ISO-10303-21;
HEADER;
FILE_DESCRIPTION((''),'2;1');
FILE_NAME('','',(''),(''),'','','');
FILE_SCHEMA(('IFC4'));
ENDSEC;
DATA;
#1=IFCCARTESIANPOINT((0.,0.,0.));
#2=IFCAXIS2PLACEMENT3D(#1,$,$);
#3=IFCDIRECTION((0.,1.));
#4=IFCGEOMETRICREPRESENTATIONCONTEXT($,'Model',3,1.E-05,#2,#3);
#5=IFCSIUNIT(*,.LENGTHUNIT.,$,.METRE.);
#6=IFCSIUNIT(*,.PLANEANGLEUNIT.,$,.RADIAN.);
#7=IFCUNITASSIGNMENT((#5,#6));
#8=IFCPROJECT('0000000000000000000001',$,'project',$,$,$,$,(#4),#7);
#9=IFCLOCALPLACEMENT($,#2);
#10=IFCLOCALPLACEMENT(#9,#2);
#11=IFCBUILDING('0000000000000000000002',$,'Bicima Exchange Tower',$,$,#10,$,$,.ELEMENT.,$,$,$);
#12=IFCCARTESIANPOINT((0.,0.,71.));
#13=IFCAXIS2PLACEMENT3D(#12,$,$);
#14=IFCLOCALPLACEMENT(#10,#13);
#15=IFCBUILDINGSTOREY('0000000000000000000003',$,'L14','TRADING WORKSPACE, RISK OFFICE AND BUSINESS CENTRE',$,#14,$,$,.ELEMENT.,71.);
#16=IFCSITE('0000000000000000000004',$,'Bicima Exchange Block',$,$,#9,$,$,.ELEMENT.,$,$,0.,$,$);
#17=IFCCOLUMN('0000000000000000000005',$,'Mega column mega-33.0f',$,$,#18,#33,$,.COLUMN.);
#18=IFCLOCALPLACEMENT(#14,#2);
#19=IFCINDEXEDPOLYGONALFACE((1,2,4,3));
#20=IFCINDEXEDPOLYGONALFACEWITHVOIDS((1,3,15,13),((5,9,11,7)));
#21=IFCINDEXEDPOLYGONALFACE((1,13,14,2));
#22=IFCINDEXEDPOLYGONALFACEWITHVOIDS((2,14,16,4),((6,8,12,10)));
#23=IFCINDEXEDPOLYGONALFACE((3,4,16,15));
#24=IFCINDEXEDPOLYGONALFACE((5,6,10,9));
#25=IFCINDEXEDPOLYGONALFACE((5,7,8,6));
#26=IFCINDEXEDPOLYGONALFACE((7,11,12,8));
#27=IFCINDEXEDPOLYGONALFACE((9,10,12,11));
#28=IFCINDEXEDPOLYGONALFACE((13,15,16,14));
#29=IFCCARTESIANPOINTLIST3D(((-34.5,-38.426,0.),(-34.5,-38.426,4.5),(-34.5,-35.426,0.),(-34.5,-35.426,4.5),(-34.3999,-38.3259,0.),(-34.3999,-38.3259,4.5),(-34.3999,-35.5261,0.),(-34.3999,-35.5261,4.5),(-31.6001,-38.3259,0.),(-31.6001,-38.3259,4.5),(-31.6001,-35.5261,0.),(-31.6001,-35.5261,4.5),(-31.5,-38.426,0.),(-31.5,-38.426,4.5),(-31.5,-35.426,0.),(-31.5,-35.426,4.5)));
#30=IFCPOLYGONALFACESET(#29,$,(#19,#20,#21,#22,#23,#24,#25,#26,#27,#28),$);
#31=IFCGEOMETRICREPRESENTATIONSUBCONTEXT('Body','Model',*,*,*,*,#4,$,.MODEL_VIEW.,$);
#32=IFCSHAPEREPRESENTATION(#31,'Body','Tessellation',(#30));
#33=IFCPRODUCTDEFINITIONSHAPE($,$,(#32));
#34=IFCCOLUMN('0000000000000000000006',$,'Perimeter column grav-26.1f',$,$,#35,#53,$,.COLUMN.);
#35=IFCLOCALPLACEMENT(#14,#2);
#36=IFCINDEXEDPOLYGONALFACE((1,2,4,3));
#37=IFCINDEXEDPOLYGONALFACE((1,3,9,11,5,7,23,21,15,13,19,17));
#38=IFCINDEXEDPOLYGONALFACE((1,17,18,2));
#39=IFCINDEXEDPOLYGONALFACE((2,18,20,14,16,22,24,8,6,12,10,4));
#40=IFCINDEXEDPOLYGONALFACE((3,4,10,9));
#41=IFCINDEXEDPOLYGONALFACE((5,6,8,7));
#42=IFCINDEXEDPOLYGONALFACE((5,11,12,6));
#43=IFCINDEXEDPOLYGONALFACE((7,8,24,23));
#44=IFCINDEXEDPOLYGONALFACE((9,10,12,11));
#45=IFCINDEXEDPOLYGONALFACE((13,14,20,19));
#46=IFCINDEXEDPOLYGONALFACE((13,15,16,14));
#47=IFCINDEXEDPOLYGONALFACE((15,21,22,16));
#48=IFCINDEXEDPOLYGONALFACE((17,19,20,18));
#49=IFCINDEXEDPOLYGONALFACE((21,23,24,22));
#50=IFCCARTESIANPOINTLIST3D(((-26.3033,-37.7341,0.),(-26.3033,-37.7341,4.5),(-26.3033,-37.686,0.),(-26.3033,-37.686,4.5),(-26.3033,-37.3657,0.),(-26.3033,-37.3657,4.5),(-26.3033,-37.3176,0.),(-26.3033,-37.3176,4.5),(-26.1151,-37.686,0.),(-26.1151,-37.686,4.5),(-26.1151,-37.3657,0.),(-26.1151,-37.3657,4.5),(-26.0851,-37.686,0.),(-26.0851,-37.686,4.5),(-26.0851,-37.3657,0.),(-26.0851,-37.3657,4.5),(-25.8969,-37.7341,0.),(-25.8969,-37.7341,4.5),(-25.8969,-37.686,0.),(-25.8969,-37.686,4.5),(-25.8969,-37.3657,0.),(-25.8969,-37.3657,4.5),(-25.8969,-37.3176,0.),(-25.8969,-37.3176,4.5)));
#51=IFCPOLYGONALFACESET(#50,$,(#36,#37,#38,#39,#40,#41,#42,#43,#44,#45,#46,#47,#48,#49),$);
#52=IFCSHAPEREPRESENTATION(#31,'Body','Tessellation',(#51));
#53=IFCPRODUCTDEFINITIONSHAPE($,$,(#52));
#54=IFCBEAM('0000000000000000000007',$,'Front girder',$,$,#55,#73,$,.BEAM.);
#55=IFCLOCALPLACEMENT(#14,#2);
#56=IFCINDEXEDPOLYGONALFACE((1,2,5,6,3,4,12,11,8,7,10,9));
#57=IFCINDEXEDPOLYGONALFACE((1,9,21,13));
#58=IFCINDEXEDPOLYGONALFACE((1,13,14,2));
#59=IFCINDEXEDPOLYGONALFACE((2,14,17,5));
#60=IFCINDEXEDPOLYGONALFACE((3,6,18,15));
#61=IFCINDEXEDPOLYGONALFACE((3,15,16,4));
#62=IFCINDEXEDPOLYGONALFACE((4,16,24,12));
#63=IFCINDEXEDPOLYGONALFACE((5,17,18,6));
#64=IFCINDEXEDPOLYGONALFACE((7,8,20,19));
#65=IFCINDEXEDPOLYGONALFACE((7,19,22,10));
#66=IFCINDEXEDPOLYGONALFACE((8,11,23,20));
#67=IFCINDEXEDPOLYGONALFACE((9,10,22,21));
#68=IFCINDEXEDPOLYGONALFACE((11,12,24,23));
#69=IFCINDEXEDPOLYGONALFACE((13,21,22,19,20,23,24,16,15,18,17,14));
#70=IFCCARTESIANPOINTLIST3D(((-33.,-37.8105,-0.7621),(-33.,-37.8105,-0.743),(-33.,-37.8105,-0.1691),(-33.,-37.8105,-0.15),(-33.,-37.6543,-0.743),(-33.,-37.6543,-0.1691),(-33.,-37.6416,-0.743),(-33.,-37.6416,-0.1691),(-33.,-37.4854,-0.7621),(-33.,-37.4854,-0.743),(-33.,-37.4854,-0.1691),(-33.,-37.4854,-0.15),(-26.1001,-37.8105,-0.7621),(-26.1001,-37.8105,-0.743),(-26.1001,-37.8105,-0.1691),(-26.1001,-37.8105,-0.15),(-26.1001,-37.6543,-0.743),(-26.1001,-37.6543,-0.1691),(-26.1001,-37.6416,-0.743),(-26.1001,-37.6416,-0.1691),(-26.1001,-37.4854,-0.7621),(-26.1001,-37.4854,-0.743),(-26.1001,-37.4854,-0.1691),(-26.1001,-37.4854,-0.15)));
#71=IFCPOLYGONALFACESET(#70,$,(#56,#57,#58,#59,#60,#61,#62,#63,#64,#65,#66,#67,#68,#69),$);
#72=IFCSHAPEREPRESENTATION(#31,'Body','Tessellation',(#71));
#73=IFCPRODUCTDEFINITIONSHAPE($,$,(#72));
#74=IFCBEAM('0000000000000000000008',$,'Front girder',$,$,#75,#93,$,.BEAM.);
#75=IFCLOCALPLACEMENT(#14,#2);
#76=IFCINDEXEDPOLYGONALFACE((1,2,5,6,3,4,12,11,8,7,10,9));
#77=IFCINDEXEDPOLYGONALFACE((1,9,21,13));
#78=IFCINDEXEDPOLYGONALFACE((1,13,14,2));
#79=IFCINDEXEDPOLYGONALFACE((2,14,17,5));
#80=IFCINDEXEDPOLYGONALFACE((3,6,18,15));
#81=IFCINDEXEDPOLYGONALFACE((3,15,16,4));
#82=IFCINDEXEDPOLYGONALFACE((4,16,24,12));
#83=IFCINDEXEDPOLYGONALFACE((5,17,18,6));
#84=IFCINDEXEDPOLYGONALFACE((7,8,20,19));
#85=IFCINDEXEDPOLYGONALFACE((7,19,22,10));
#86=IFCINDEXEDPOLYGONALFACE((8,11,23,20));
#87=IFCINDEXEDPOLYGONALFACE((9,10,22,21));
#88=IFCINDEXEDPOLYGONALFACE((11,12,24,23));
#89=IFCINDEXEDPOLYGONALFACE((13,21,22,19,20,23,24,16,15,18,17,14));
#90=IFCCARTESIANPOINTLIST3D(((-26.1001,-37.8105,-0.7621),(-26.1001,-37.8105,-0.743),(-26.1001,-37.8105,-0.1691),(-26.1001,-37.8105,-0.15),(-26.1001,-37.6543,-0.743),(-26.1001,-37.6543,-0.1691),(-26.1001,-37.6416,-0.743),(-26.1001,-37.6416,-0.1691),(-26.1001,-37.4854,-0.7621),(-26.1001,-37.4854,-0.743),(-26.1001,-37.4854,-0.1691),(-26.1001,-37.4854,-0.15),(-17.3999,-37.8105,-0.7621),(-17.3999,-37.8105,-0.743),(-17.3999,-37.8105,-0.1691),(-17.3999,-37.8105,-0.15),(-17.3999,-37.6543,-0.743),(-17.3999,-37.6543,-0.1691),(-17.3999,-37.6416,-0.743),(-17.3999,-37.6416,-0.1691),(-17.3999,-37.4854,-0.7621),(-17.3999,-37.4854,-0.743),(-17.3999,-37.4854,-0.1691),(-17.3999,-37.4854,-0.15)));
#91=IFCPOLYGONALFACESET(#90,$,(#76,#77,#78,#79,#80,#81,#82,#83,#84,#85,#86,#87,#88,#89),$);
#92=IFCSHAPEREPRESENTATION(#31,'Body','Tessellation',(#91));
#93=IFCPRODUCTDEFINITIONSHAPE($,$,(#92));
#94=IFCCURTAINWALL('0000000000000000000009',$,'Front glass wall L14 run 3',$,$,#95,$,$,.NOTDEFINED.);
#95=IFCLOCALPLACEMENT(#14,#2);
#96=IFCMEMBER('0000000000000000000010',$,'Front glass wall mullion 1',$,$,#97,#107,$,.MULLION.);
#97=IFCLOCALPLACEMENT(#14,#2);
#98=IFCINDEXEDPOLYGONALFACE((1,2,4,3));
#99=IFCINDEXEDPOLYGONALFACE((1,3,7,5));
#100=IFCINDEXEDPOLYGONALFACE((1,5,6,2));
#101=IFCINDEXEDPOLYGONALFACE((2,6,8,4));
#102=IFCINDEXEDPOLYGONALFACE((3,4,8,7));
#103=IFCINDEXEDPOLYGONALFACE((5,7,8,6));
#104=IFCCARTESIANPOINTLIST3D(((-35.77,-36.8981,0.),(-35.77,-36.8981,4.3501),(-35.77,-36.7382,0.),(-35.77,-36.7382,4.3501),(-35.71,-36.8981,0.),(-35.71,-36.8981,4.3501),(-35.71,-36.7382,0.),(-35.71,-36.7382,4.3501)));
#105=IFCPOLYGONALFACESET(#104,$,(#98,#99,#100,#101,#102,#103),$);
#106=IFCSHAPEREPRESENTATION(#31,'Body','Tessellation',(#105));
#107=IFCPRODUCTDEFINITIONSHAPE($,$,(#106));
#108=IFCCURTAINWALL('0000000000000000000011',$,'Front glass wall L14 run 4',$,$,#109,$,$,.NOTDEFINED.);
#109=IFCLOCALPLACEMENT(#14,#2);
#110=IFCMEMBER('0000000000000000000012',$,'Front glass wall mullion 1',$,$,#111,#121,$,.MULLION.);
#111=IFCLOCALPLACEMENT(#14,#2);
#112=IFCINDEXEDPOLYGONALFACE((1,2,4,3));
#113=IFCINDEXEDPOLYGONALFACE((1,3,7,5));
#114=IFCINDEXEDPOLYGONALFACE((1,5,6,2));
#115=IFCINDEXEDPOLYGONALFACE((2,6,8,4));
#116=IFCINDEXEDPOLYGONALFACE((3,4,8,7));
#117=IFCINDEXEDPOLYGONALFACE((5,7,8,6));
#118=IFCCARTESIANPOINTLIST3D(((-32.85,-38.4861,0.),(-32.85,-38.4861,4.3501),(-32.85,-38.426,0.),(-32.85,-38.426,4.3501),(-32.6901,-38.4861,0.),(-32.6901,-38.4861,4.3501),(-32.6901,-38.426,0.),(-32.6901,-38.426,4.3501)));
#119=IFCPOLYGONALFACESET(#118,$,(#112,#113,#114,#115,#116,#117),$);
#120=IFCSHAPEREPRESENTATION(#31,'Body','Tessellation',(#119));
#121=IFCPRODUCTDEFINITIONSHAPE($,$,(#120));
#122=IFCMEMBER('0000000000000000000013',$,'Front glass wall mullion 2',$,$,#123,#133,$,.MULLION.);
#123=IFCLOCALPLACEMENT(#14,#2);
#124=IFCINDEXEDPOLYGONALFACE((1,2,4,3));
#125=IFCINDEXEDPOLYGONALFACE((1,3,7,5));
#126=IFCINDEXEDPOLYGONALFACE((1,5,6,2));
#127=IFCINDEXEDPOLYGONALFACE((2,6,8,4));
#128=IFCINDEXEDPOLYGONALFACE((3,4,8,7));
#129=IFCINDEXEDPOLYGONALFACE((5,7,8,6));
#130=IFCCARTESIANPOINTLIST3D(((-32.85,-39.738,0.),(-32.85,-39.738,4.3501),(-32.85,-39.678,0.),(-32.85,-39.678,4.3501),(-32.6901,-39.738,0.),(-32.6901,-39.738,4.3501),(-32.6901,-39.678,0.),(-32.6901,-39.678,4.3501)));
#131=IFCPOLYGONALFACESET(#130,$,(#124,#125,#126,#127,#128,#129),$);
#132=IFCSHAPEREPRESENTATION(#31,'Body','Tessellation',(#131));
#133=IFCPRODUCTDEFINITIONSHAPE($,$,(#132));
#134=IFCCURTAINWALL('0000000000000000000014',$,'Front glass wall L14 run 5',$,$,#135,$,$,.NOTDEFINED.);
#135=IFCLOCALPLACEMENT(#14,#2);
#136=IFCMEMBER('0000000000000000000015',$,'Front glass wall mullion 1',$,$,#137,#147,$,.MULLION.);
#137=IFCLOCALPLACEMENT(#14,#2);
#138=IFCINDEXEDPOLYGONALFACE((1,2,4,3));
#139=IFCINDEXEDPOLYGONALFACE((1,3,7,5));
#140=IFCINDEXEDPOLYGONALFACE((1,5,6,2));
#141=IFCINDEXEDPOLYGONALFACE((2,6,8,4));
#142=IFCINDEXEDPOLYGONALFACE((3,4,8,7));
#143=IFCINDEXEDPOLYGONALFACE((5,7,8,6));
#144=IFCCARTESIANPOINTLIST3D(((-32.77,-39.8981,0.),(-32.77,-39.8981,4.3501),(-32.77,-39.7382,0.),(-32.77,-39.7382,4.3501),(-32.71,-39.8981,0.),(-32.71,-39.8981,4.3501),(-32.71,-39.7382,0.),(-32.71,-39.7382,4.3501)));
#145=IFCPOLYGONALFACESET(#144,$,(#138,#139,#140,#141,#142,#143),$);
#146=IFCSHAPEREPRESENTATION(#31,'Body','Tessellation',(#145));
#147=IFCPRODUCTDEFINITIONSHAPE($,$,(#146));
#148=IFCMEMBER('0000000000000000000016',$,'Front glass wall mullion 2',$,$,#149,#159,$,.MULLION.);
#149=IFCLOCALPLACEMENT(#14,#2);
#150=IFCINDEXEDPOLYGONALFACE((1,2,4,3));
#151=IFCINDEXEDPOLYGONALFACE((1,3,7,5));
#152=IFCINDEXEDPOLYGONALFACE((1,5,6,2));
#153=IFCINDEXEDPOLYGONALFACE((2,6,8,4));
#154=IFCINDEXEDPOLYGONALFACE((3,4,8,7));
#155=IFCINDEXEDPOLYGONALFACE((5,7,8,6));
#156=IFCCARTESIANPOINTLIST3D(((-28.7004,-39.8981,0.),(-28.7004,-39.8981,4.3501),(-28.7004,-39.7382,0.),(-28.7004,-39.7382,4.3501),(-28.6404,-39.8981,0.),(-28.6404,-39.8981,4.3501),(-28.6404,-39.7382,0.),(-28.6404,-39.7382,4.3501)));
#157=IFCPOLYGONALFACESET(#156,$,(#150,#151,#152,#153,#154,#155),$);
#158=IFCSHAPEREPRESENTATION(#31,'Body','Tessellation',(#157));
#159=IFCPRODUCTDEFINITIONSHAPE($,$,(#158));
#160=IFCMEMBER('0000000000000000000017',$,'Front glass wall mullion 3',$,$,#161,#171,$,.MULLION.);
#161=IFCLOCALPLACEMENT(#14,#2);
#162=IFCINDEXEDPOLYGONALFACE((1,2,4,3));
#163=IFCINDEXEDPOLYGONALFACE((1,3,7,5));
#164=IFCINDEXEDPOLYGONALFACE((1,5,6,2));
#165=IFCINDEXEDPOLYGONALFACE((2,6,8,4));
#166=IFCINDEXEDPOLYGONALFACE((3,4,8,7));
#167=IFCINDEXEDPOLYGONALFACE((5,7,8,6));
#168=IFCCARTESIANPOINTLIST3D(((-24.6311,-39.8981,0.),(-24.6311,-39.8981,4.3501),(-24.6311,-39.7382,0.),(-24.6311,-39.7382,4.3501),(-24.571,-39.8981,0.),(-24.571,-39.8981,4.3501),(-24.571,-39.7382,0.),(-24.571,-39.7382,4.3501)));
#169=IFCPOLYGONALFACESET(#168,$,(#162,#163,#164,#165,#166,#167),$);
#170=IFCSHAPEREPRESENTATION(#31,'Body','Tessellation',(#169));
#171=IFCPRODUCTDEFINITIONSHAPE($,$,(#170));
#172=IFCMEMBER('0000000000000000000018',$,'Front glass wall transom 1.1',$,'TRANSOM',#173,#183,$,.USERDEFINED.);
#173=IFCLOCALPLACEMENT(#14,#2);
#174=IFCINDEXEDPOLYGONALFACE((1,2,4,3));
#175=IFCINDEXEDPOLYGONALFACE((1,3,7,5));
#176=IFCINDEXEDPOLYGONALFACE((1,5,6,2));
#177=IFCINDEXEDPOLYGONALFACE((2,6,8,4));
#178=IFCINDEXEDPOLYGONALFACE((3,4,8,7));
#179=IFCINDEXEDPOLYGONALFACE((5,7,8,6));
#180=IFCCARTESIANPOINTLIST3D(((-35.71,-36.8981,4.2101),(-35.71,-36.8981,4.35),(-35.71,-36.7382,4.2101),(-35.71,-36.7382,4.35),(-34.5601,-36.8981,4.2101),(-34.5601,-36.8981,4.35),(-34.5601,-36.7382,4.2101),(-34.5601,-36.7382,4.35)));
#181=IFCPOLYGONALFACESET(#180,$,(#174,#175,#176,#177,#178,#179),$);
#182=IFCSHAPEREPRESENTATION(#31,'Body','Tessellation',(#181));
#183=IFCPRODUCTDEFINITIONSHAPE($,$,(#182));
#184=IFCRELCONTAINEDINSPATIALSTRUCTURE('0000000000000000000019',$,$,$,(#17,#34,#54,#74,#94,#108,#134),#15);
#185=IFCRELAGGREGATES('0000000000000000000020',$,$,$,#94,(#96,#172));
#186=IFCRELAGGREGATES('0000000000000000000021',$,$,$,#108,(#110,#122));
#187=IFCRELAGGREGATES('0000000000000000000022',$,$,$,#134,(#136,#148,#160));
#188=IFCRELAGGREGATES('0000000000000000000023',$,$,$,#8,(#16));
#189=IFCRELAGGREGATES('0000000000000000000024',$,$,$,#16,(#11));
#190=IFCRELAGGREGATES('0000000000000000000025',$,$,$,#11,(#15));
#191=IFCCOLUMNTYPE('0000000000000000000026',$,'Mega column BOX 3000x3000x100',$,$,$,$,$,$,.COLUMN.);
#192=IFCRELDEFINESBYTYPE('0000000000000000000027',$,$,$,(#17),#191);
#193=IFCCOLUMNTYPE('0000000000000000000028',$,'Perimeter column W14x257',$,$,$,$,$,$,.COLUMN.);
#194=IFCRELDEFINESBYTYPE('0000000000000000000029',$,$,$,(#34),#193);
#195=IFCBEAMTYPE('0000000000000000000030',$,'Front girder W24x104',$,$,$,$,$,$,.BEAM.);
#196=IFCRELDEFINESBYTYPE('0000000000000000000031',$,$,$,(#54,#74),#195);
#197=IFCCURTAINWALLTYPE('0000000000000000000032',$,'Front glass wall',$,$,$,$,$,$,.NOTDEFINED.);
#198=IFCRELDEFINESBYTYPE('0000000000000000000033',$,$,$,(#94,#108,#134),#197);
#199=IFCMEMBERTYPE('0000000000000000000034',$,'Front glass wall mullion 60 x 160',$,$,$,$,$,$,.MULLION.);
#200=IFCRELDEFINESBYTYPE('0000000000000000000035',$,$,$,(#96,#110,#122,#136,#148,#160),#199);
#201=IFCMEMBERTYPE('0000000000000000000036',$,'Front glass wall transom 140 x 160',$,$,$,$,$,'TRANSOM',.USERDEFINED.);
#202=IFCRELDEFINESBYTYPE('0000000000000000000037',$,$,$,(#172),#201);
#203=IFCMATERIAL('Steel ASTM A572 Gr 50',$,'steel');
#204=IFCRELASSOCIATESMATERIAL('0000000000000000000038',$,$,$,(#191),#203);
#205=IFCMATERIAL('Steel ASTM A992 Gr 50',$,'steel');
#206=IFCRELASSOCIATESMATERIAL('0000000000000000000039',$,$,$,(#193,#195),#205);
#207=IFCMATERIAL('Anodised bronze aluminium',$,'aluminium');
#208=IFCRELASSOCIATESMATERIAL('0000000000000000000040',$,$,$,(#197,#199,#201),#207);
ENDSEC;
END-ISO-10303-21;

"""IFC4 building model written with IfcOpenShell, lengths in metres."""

from ifc_helpers import new_model, si_unit, direction, frame, origin, origin_2d, place, context, subcontext, project, spatial, rectangle, hollow_rectangle, i_section, extrude, material, material_profile, profile_set, type_object, element, aggregate, save


model = new_model("IFC4")

# Units and contexts
model_context = context("Model", 3, precision=1e-05, world=origin(), true_north=direction((0.0, 1.0)))
body_context = subcontext(model_context, "Body", "Model", "MODEL_VIEW")
ifc_project = project(units=[si_unit("LENGTHUNIT", "METRE"), si_unit("PLANEANGLEUNIT", "RADIAN")], contexts=[model_context])

# Site, building, storey
site_placement = place(None, origin())
site = spatial("IfcSite", under=ifc_project, at=site_placement, Name="Bicima Exchange Block", CompositionType="ELEMENT", RefElevation=0.0)
building_placement = place(site_placement, origin())
building = spatial("IfcBuilding", under=site, at=building_placement, Name="Bicima Exchange Tower", CompositionType="ELEMENT")
storey_placement = place(building_placement, frame((0.0, 0.0, 71.0)))
storey = spatial("IfcBuildingStorey", under=building, at=storey_placement, Name="L14", Description="TRADING WORKSPACE, RISK OFFICE AND BUSINESS CENTRE", CompositionType="ELEMENT", Elevation=71.0)

# Columns
ifc_material_1 = material(Name="Steel ASTM A572 Gr 50", Category="steel")
ifc_material_profile_1 = material_profile(ifc_material_1, hollow_rectangle(XDim=3.0, YDim=3.0, WallThickness=0.1001, at=origin_2d()))
ifc_profile_set_1 = profile_set([ifc_material_profile_1], Name="Steel ASTM A572 Gr 50")
column_type_1 = type_object("IfcColumnType", Name="Mega column BOX 3000x3000x100", PredefinedType="COLUMN", material=ifc_profile_set_1)
column_1_placement = place(storey_placement, frame((-33.0, -36.926, 0.0), z_axis=(0.0, 0.0, 1.0), x_axis=(1.0, 0.0, 0.0)))
element("IfcColumn", 1, at=column_1_placement, inside=storey, type_object=column_type_1, Name="Mega column mega-33.0f", PredefinedType="COLUMN", context=body_context, shape_type="SweptSolid", body=[
    extrude(hollow_rectangle(XDim=3.0, YDim=3.0, WallThickness=0.1001, at=origin_2d()), origin(), (0.0, 0.0, 1.0), 4.5),
])
ifc_material_2 = material(Name="Steel ASTM A992 Gr 50", Category="steel")
ifc_material_profile_2 = material_profile(ifc_material_2, i_section(OverallWidth=0.4065, OverallDepth=0.4165, WebThickness=0.03, FlangeThickness=0.0481, at=origin_2d()))
ifc_profile_set_2 = profile_set([ifc_material_profile_2], Name="Steel ASTM A992 Gr 50")
column_type_2 = type_object("IfcColumnType", Name="Perimeter column W14x257", PredefinedType="COLUMN", material=ifc_profile_set_2)
column_2_placement = place(storey_placement, frame((-26.1001, -37.5259, 0.0), z_axis=(0.0, 0.0, 1.0), x_axis=(1.0, 0.0, 0.0)))
element("IfcColumn", 2, at=column_2_placement, inside=storey, type_object=column_type_2, Name="Perimeter column grav-26.1f", PredefinedType="COLUMN", context=body_context, shape_type="SweptSolid", body=[
    extrude(i_section(OverallWidth=0.4065, OverallDepth=0.4165, WebThickness=0.03, FlangeThickness=0.0481, at=origin_2d()), origin(), (0.0, 0.0, 1.0), 4.5),
])

# Beams
ifc_material_profile_3 = material_profile(ifc_material_2, i_section(OverallWidth=0.3252, OverallDepth=0.6121, WebThickness=0.0127, FlangeThickness=0.019, at=origin_2d()))
ifc_profile_set_3 = profile_set([ifc_material_profile_3], Name="Steel ASTM A992 Gr 50")
beam_type = type_object("IfcBeamType", Name="Front girder W24x104", PredefinedType="BEAM", material=ifc_profile_set_3)
beam_1_placement = place(storey_placement, frame((-33.0, -37.6479, -0.4561), z_axis=(1.0, 0.0, 0.0), x_axis=(0.0, 1.0, 0.0)))
element("IfcBeam", 3, at=beam_1_placement, inside=storey, type_object=beam_type, Name="Front girder", PredefinedType="BEAM", context=body_context, shape_type="SweptSolid", body=[
    extrude(i_section(OverallWidth=0.3252, OverallDepth=0.6121, WebThickness=0.0127, FlangeThickness=0.019, at=origin_2d()), origin(), (0.0, 0.0, 1.0), 6.8999),
])
beam_2_placement = place(storey_placement, frame((-26.1001, -37.6479, -0.4561), z_axis=(1.0, 0.0, 0.0), x_axis=(0.0, 1.0, 0.0)))
element("IfcBeam", 4, at=beam_2_placement, inside=storey, type_object=beam_type, Name="Front girder", PredefinedType="BEAM", context=body_context, shape_type="SweptSolid", body=[
    extrude(i_section(OverallWidth=0.3252, OverallDepth=0.6121, WebThickness=0.0127, FlangeThickness=0.019, at=origin_2d()), origin(), (0.0, 0.0, 1.0), 8.7002),
])

# Curtain wall, member
ifc_material_3 = material(Name="Anodised bronze aluminium", Category="aluminium")
curtain_wall_type = type_object("IfcCurtainWallType", Name="Front glass wall", PredefinedType="NOTDEFINED", material=ifc_material_3)
curtain_wall_1_placement = place(storey_placement, origin())
curtain_wall_1 = element("IfcCurtainWall", 5, at=curtain_wall_1_placement, inside=storey, type_object=curtain_wall_type, Name="Front glass wall L14 run 3", PredefinedType="NOTDEFINED")
ifc_material_profile_4 = material_profile(ifc_material_3, rectangle(XDim=0.1599, YDim=0.0601, at=origin_2d()))
ifc_profile_set_4 = profile_set([ifc_material_profile_4], Name="Anodised bronze aluminium")
member_type_1 = type_object("IfcMemberType", Name="Front glass wall mullion 60 x 160", PredefinedType="MULLION", material=ifc_profile_set_4)
member_1_placement = place(storey_placement, frame((-35.74, -36.8181, 0.0), z_axis=(0.0, 0.0, 1.0), x_axis=(0.0, 1.0, 0.0)))
member_1 = element("IfcMember", 6, at=member_1_placement, type_object=member_type_1, Name="Front glass wall mullion 1", PredefinedType="MULLION", context=body_context, shape_type="SweptSolid", body=[
    extrude(rectangle(XDim=0.1599, YDim=0.0601, at=origin_2d()), origin(), (0.0, 0.0, 1.0), 4.3501),
])

# Curtain walls, members
curtain_wall_2_placement = place(storey_placement, origin())
curtain_wall_2 = element("IfcCurtainWall", 7, at=curtain_wall_2_placement, inside=storey, type_object=curtain_wall_type, Name="Front glass wall L14 run 4", PredefinedType="NOTDEFINED")
member_2_placement = place(storey_placement, frame((-32.77, -38.4561, 0.0), z_axis=(0.0, 0.0, 1.0), x_axis=(1.0, 0.0, 0.0)))
member_2 = element("IfcMember", 8, at=member_2_placement, type_object=member_type_1, Name="Front glass wall mullion 1", PredefinedType="MULLION", context=body_context, shape_type="SweptSolid", body=[
    extrude(rectangle(XDim=0.1599, YDim=0.0601, at=origin_2d()), origin(), (0.0, 0.0, 1.0), 4.3501),
])
member_3_placement = place(storey_placement, frame((-32.77, -39.708, 0.0), z_axis=(0.0, 0.0, 1.0), x_axis=(1.0, 0.0, 0.0)))
member_3 = element("IfcMember", 9, at=member_3_placement, type_object=member_type_1, Name="Front glass wall mullion 2", PredefinedType="MULLION", context=body_context, shape_type="SweptSolid", body=[
    extrude(rectangle(XDim=0.1599, YDim=0.0601, at=origin_2d()), origin(), (0.0, 0.0, 1.0), 4.3501),
])
curtain_wall_3_placement = place(storey_placement, origin())
curtain_wall_3 = element("IfcCurtainWall", 10, at=curtain_wall_3_placement, inside=storey, type_object=curtain_wall_type, Name="Front glass wall L14 run 5", PredefinedType="NOTDEFINED")
member_4_placement = place(storey_placement, frame((-32.74, -39.8181, 0.0), z_axis=(0.0, 0.0, 1.0), x_axis=(0.0, 1.0, 0.0)))
member_4 = element("IfcMember", 11, at=member_4_placement, type_object=member_type_1, Name="Front glass wall mullion 1", PredefinedType="MULLION", context=body_context, shape_type="SweptSolid", body=[
    extrude(rectangle(XDim=0.1599, YDim=0.0601, at=origin_2d()), origin(), (0.0, 0.0, 1.0), 4.3501),
])
member_5_placement = place(storey_placement, frame((-28.6704, -39.8181, 0.0), z_axis=(0.0, 0.0, 1.0), x_axis=(0.0, 1.0, 0.0)))
member_5 = element("IfcMember", 12, at=member_5_placement, type_object=member_type_1, Name="Front glass wall mullion 2", PredefinedType="MULLION", context=body_context, shape_type="SweptSolid", body=[
    extrude(rectangle(XDim=0.1599, YDim=0.0601, at=origin_2d()), origin(), (0.0, 0.0, 1.0), 4.3501),
])
member_6_placement = place(storey_placement, frame((-24.6011, -39.8181, 0.0), z_axis=(0.0, 0.0, 1.0), x_axis=(0.0, 1.0, 0.0)))
member_6 = element("IfcMember", 13, at=member_6_placement, type_object=member_type_1, Name="Front glass wall mullion 3", PredefinedType="MULLION", context=body_context, shape_type="SweptSolid", body=[
    extrude(rectangle(XDim=0.1599, YDim=0.0601, at=origin_2d()), origin(), (0.0, 0.0, 1.0), 4.3501),
])

# Member
ifc_material_profile_5 = material_profile(ifc_material_3, rectangle(XDim=0.1599, YDim=0.1399, at=origin_2d()))
ifc_profile_set_5 = profile_set([ifc_material_profile_5], Name="Anodised bronze aluminium")
member_type_2 = type_object("IfcMemberType", Name="Front glass wall transom 140 x 160", ElementType="TRANSOM", PredefinedType="USERDEFINED", material=ifc_profile_set_5)
member_7_placement = place(storey_placement, frame((-35.71, -36.8181, 4.28), z_axis=(1.0, 0.0, 0.0), x_axis=(0.0, 1.0, 0.0)))
member_7 = element("IfcMember", 14, at=member_7_placement, type_object=member_type_2, Name="Front glass wall transom 1.1", ObjectType="TRANSOM", PredefinedType="USERDEFINED", context=body_context, shape_type="SweptSolid", body=[
    extrude(rectangle(XDim=0.1599, YDim=0.1399, at=origin_2d()), origin(), (0.0, 0.0, 1.0), 1.1499),
])
aggregate(curtain_wall_1, [member_1, member_7])

aggregate(curtain_wall_2, [member_2, member_3])
aggregate(curtain_wall_3, [member_4, member_5, member_6])

save(model, "model.ifc")
